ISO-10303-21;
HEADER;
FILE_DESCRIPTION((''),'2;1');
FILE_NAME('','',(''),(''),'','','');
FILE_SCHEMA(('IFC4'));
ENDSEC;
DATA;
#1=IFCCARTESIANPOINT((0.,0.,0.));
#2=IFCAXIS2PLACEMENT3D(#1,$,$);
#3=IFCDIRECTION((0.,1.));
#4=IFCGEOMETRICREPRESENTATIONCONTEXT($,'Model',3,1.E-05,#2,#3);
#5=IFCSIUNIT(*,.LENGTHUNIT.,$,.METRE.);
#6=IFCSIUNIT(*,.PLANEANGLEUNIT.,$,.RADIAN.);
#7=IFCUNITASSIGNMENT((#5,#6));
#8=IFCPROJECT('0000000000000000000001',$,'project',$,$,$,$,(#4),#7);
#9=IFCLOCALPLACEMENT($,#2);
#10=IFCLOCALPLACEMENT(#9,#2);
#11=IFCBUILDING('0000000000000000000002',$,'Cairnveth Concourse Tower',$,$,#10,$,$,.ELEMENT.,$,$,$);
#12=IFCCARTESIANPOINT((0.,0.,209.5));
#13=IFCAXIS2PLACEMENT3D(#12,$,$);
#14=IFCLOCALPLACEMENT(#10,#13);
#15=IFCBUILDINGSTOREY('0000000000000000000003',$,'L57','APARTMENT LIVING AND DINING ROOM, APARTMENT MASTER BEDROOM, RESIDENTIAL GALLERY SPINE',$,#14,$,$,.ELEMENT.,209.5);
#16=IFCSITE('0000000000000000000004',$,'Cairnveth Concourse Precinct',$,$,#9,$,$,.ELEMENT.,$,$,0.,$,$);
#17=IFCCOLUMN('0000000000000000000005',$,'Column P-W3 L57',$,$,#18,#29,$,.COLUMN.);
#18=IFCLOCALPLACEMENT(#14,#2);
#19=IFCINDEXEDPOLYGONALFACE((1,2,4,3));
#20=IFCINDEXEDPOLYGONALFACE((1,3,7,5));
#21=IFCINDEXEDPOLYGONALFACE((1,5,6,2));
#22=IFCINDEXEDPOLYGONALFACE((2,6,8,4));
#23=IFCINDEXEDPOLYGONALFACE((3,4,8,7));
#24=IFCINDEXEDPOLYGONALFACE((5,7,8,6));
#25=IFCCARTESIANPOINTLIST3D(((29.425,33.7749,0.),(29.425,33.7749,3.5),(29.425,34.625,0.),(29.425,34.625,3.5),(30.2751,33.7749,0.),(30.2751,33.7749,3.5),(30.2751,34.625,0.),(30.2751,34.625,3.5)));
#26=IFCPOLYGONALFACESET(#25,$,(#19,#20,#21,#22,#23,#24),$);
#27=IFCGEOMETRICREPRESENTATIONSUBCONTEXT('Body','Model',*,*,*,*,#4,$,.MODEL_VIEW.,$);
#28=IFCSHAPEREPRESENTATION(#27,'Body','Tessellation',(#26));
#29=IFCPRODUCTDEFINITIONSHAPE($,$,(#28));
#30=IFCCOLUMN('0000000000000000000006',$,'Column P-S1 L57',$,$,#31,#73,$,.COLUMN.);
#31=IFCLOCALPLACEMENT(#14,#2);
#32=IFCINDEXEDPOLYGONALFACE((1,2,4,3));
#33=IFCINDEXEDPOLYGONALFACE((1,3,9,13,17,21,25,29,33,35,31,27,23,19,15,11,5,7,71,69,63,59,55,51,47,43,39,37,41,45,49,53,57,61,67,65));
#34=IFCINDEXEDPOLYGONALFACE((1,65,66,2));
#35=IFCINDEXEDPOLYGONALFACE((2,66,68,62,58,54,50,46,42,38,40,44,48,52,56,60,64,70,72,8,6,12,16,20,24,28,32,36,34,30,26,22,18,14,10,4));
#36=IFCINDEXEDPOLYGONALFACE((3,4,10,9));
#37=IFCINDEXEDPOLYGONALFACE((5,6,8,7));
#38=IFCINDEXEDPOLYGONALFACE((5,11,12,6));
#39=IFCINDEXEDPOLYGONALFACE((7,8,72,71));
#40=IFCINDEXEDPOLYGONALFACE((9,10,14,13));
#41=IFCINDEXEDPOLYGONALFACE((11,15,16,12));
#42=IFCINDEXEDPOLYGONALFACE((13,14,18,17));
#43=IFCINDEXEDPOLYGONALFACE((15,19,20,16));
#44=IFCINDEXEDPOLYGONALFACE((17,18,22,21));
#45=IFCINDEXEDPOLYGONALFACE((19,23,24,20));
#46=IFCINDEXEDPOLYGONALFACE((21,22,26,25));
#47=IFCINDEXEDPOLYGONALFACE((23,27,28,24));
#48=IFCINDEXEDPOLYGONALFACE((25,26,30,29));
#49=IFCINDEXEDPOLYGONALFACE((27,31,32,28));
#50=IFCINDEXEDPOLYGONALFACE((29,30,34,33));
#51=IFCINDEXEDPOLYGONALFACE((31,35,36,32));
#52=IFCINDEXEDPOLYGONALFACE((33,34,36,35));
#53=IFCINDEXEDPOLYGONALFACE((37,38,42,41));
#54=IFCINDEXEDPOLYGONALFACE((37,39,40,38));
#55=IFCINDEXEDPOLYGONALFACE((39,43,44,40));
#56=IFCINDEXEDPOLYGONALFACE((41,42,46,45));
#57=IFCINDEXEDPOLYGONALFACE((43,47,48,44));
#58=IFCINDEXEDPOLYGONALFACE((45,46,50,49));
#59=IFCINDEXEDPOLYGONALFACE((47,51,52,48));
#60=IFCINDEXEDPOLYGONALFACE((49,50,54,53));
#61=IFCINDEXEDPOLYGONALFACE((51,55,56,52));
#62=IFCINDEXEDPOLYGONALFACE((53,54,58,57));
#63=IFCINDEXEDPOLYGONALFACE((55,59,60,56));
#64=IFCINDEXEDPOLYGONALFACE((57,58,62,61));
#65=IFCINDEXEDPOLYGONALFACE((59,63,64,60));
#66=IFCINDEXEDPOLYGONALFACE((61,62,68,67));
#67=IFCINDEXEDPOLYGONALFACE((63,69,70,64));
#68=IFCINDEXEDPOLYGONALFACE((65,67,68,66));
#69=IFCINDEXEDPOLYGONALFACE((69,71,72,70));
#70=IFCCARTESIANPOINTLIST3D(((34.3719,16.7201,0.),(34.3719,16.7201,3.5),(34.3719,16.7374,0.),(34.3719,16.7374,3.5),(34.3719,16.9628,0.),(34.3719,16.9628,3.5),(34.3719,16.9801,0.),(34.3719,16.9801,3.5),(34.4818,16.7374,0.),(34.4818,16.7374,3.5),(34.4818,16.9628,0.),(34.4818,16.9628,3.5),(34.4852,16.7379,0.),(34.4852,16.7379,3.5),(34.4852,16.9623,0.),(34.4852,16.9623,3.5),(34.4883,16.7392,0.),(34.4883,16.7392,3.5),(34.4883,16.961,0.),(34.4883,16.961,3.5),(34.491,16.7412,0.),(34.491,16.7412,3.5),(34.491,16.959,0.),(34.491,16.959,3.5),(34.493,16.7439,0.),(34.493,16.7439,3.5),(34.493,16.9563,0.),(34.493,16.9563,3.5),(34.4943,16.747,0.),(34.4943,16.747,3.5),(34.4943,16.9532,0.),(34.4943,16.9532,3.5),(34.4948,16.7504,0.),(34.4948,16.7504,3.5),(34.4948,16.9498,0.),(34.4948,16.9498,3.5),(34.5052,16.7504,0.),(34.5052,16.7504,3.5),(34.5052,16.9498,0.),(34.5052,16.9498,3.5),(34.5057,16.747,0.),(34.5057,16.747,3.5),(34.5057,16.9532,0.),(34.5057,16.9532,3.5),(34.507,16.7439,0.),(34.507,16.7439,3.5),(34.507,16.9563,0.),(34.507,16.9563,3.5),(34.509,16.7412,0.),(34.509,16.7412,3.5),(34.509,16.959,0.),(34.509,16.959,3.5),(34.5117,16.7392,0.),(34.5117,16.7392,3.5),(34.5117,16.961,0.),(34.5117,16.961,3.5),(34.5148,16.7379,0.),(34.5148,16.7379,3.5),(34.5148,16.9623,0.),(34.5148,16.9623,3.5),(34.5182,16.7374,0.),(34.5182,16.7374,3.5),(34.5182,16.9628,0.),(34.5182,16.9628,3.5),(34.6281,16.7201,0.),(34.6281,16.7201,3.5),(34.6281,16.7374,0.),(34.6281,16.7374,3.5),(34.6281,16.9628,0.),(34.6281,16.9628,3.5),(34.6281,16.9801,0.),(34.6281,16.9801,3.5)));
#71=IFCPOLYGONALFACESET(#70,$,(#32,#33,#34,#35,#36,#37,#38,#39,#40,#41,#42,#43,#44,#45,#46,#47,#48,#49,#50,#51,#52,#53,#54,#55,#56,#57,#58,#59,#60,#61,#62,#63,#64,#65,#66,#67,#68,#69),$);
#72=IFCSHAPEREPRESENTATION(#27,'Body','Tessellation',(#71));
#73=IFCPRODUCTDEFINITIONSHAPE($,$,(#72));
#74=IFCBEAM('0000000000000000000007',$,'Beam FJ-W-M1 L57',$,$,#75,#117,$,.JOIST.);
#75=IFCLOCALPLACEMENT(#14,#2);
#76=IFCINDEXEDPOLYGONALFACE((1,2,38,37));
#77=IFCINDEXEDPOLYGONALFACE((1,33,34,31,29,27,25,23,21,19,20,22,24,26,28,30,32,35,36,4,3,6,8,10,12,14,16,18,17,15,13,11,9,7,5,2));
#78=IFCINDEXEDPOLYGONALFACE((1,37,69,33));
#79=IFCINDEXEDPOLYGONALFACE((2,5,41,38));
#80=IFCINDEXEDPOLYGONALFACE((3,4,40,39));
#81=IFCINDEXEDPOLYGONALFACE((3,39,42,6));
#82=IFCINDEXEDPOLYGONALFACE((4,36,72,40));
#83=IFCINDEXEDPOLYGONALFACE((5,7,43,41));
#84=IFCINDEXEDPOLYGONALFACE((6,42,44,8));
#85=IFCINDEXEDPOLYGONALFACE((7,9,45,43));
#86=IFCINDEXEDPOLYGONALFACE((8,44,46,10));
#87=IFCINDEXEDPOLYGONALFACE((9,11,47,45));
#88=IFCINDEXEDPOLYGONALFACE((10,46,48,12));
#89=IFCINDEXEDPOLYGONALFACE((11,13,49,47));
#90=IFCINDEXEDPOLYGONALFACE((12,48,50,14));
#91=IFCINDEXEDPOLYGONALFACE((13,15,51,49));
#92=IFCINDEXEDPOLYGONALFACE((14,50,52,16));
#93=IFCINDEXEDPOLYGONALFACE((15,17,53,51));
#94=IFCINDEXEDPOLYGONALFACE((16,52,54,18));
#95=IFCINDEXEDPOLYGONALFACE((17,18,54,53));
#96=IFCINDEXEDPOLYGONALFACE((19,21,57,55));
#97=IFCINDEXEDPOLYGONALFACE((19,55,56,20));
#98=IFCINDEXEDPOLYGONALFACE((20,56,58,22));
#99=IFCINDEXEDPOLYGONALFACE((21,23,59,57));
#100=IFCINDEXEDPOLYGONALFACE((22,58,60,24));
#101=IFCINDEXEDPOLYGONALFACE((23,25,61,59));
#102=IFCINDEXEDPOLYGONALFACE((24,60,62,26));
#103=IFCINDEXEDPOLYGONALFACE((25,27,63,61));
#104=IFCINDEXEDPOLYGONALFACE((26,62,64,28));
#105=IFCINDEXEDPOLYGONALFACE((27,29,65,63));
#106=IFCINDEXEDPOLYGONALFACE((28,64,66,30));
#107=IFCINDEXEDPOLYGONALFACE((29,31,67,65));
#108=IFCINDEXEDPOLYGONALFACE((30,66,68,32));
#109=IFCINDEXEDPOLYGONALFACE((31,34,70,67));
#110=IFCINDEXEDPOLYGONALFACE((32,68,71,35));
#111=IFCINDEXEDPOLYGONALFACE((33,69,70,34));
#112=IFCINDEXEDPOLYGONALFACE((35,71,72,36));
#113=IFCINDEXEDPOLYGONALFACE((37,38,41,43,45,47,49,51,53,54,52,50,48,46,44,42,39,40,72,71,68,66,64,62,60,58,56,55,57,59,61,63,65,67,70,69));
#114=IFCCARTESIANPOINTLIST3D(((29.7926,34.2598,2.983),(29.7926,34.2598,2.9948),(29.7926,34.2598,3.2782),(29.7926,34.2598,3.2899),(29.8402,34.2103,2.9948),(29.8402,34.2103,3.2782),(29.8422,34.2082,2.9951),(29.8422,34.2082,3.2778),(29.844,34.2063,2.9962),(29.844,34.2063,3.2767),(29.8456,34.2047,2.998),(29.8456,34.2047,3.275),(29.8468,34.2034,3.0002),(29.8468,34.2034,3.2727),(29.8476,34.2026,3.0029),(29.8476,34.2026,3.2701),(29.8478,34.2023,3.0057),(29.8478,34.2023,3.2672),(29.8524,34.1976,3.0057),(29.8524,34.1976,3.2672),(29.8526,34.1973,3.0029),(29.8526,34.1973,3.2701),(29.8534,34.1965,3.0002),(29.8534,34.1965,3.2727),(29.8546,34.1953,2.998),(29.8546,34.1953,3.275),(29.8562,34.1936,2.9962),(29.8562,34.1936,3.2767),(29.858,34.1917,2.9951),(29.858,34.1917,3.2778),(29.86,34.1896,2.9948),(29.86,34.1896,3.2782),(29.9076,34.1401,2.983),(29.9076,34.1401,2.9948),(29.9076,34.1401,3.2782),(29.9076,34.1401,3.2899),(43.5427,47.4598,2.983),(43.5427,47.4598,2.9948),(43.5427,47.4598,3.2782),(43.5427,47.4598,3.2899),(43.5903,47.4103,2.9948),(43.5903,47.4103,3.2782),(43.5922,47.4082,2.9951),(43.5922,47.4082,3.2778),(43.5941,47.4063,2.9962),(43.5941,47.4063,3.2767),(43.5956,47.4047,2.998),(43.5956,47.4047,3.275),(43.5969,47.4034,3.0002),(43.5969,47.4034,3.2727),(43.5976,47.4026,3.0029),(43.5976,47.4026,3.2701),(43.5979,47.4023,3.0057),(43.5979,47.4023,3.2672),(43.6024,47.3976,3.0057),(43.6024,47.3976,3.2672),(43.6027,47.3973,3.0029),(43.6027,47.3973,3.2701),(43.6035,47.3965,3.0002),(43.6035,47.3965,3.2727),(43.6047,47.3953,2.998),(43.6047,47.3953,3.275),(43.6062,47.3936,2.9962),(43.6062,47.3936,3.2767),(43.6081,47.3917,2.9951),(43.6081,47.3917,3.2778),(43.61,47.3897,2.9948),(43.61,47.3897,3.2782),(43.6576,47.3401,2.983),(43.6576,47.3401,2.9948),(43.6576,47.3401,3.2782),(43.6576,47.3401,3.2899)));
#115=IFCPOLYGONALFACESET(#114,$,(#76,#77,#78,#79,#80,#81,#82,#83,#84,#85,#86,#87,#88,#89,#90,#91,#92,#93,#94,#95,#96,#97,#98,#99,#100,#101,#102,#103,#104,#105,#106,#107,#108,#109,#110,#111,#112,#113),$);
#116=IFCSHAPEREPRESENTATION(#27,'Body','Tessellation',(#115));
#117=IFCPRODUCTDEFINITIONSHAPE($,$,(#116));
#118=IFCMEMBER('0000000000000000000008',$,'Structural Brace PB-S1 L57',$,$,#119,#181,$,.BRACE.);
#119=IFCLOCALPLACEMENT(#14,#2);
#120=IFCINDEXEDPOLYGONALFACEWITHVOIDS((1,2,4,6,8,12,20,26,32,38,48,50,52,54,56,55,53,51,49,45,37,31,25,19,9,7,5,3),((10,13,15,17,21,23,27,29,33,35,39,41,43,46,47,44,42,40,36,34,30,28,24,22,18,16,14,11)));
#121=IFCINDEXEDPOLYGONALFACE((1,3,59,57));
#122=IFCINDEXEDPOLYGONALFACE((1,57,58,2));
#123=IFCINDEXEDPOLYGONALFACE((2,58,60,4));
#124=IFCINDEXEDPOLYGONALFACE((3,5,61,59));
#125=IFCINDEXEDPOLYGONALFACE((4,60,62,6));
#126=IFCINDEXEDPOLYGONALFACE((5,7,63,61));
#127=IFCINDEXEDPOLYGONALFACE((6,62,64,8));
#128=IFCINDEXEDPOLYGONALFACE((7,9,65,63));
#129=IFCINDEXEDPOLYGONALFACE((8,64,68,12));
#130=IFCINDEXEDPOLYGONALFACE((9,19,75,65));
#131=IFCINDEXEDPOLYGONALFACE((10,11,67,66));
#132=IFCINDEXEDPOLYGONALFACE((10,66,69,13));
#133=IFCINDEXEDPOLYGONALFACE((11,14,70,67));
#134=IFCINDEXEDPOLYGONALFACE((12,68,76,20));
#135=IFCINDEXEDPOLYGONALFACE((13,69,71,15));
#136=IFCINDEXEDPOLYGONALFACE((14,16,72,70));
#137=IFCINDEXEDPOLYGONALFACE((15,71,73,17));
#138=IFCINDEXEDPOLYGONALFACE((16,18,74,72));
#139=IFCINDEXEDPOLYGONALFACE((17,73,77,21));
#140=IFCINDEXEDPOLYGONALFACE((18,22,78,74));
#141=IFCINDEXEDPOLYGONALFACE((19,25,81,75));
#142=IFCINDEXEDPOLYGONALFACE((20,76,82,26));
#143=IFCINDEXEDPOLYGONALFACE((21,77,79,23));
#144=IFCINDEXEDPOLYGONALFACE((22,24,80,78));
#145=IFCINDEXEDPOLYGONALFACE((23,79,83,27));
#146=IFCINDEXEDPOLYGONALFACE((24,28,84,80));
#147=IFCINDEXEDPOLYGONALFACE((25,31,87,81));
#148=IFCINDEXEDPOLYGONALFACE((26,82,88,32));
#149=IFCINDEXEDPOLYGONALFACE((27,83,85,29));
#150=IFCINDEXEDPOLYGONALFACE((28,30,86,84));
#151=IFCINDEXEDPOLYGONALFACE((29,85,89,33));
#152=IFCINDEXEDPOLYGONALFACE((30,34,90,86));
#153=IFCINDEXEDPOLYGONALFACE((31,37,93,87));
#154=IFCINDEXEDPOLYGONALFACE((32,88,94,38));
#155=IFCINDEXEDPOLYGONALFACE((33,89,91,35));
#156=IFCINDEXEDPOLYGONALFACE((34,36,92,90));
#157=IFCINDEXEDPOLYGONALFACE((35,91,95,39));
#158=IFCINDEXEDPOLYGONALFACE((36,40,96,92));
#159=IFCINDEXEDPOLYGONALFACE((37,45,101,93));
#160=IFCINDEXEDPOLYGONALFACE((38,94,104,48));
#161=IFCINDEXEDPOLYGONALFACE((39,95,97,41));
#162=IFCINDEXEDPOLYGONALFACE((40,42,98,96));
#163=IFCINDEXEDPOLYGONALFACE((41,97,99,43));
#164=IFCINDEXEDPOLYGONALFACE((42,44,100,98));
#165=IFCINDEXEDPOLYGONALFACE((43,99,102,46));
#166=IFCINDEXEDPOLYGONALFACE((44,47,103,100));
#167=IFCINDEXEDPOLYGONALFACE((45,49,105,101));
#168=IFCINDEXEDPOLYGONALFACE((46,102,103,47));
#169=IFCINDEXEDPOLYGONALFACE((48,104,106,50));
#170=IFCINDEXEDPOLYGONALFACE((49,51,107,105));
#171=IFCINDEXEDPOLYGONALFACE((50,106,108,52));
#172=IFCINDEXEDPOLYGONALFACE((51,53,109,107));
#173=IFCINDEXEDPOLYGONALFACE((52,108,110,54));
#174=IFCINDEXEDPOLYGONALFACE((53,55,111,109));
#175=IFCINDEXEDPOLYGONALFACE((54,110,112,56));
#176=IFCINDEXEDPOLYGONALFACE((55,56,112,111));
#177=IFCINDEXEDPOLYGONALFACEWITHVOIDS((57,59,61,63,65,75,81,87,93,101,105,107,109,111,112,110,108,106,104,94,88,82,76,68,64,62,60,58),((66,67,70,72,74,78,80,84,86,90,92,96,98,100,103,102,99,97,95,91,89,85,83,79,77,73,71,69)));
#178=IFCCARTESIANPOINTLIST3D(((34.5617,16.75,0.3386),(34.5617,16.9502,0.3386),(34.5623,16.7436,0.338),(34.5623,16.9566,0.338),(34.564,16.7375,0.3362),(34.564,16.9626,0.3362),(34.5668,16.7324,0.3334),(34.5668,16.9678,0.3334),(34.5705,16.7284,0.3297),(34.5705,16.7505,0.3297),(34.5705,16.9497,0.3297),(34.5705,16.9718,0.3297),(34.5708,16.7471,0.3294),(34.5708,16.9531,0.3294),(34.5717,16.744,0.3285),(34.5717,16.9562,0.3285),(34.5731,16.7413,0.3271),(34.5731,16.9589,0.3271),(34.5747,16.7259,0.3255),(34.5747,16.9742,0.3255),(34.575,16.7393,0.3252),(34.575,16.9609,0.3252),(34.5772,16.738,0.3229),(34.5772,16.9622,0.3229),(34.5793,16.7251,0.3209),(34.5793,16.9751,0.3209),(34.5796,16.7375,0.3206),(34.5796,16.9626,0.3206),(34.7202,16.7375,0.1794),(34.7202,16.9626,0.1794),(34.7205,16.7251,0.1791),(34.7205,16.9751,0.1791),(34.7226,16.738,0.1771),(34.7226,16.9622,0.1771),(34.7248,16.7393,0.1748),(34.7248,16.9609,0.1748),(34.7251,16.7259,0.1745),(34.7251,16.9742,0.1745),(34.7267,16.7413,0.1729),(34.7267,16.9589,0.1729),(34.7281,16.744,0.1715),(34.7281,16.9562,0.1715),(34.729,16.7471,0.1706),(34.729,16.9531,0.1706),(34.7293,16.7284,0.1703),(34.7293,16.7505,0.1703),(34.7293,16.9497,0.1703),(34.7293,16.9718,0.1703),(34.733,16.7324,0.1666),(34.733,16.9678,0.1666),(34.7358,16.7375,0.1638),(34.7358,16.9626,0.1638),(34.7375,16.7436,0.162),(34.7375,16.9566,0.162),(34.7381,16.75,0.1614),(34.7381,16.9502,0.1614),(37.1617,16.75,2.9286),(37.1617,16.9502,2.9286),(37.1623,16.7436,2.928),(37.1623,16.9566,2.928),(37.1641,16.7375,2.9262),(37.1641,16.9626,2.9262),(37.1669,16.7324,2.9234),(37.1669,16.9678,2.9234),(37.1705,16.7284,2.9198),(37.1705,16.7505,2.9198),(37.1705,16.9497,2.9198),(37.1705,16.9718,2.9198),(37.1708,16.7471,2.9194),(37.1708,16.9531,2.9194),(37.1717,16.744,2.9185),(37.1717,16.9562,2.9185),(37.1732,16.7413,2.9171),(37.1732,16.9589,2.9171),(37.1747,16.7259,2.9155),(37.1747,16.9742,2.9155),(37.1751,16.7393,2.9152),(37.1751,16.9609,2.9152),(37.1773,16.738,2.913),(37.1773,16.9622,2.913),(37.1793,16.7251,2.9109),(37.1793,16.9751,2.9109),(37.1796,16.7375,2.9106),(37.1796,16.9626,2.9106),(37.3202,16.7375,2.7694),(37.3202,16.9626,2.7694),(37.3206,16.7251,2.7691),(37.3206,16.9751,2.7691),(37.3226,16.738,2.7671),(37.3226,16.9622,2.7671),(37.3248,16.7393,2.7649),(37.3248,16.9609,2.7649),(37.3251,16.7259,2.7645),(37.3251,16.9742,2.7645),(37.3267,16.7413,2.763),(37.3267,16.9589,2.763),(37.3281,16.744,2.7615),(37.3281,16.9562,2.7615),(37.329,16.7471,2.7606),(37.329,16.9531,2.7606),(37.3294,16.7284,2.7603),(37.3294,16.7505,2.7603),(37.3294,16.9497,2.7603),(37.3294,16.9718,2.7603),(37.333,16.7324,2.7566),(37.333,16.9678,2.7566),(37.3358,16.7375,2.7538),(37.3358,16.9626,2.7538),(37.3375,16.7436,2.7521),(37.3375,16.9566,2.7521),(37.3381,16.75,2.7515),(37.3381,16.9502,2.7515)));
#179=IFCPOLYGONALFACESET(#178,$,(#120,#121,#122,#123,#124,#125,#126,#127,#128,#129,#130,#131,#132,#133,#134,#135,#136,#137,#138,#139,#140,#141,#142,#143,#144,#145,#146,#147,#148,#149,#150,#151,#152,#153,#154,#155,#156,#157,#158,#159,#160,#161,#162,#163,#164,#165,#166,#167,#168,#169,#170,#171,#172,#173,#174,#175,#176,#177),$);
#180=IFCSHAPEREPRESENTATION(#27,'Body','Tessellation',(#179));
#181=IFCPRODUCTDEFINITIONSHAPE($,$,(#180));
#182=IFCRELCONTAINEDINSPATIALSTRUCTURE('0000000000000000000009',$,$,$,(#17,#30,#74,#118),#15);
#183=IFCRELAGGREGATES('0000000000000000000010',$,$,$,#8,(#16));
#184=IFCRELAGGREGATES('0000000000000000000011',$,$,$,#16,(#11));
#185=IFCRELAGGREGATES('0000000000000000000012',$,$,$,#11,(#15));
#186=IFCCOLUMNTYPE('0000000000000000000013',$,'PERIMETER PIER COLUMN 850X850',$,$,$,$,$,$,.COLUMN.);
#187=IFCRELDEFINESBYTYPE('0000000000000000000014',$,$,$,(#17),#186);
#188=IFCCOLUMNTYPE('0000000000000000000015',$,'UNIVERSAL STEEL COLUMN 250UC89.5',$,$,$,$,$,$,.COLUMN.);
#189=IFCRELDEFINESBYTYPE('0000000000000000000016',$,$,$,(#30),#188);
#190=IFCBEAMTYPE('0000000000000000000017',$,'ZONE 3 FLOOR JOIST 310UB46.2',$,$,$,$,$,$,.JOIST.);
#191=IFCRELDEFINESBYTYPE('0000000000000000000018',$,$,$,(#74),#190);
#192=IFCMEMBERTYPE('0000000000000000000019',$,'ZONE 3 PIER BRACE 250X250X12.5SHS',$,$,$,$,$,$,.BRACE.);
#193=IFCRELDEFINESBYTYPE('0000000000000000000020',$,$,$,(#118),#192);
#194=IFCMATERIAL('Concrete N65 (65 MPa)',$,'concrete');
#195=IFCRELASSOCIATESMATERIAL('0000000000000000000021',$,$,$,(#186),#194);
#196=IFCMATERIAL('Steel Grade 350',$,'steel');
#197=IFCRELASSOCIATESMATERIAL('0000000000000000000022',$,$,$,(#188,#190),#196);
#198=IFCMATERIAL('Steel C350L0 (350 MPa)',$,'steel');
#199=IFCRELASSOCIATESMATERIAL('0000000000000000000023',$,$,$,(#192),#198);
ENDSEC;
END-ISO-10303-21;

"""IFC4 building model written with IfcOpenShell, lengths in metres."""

from ifc_helpers import new_model, si_unit, direction, frame, origin, origin_2d, place, context, subcontext, project, spatial, rectangle, hollow_rectangle, i_section, extrude, material, material_profile, profile_set, type_object, element, save


model = new_model("IFC4")

# Units and contexts
model_context = context("Model", 3, precision=1e-05, world=origin(), true_north=direction((0.0, 1.0)))
body_context = subcontext(model_context, "Body", "Model", "MODEL_VIEW")
ifc_project = project(units=[si_unit("LENGTHUNIT", "METRE"), si_unit("PLANEANGLEUNIT", "RADIAN")], contexts=[model_context])

# Site, building, storey
site_placement = place(None, origin())
site = spatial("IfcSite", under=ifc_project, at=site_placement, Name="Cairnveth Concourse Precinct", CompositionType="ELEMENT", RefElevation=0.0)
building_placement = place(site_placement, origin())
building = spatial("IfcBuilding", under=site, at=building_placement, Name="Cairnveth Concourse Tower", CompositionType="ELEMENT")
storey_placement = place(building_placement, frame((0.0, 0.0, 209.5)))
storey = spatial("IfcBuildingStorey", under=building, at=storey_placement, Name="L57", Description="APARTMENT LIVING AND DINING ROOM, APARTMENT MASTER BEDROOM, RESIDENTIAL GALLERY SPINE", CompositionType="ELEMENT", Elevation=209.5)

# Columns
ifc_material_1 = material(Name="Concrete N65 (65 MPa)", Category="concrete")
ifc_material_profile_1 = material_profile(ifc_material_1, rectangle(XDim=0.8501, YDim=0.8501, at=origin_2d()), Name="RC-COL-850x850")
ifc_profile_set_1 = profile_set([ifc_material_profile_1], Name="Concrete N65 (65 MPa)")
column_type_1 = type_object("IfcColumnType", Name="PERIMETER PIER COLUMN 850X850", PredefinedType="COLUMN", material=ifc_profile_set_1)
column_1_placement = place(storey_placement, frame((29.8501, 34.2, 0.0), z_axis=(0.0, 0.0, 1.0), x_axis=(0.0, 1.0, 0.0)))
element("IfcColumn", 1, at=column_1_placement, inside=storey, type_object=column_type_1, Name="Column P-W3 L57", PredefinedType="COLUMN", context=body_context, shape_type="SweptSolid", body=[
    extrude(rectangle(XDim=0.8501, YDim=0.8501, at=origin_2d()), origin(), (0.0, 0.0, 1.0), 3.5),
])
ifc_material_2 = material(Name="Steel Grade 350", Category="steel")
ifc_material_profile_2 = material_profile(ifc_material_2, i_section(OverallWidth=0.2561, OverallDepth=0.26, WebThickness=0.0105, FlangeThickness=0.0173, FilletRadius=0.0129, at=origin_2d()), Name="250UC89.5")
ifc_profile_set_2 = profile_set([ifc_material_profile_2], Name="Steel Grade 350")
column_type_2 = type_object("IfcColumnType", Name="UNIVERSAL STEEL COLUMN 250UC89.5", PredefinedType="COLUMN", material=ifc_profile_set_2)
column_2_placement = place(storey_placement, frame((34.5, 16.8501, 0.0), z_axis=(0.0, 0.0, 1.0), x_axis=(1.0, 0.0, 0.0)))
element("IfcColumn", 2, at=column_2_placement, inside=storey, type_object=column_type_2, Name="Column P-S1 L57", PredefinedType="COLUMN", context=body_context, shape_type="SweptSolid", body=[
    extrude(i_section(OverallWidth=0.2561, OverallDepth=0.26, WebThickness=0.0105, FlangeThickness=0.0173, FilletRadius=0.0129, at=origin_2d()), origin(), (0.0, 0.0, 1.0), 3.5),
])

# Beam
ifc_material_profile_3 = material_profile(ifc_material_2, i_section(OverallWidth=0.166, OverallDepth=0.3069, WebThickness=0.0066, FlangeThickness=0.0117, FilletRadius=0.011, at=origin_2d()), Name="310UB46.2")
ifc_profile_set_3 = profile_set([ifc_material_profile_3], Name="Steel Grade 350")
beam_type_1 = type_object("IfcBeamType", Name="ZONE 3 FLOOR JOIST 310UB46.2", PredefinedType="JOIST", material=ifc_profile_set_3)
beam_1_placement = place(storey_placement, frame((29.8501, 34.2, 3.1365), z_axis=(0.721389, 0.69253, 0.0), x_axis=(-0.69253, 0.721389, 0.0)))
element("IfcBeam", 3, at=beam_1_placement, inside=storey, type_object=beam_type_1, Name="Beam FJ-W-M1 L57", PredefinedType="JOIST", context=body_context, shape_type="SweptSolid", body=[
    extrude(i_section(OverallWidth=0.166, OverallDepth=0.3069, WebThickness=0.0066, FlangeThickness=0.0117, FilletRadius=0.011, at=origin_2d()), origin(), (0.0, 0.0, 1.0), 19.0605),
])

# Member
ifc_material_3 = material(Name="Steel C350L0 (350 MPa)", Category="steel")
ifc_material_profile_4 = material_profile(ifc_material_3, hollow_rectangle(XDim=0.25, YDim=0.25, WallThickness=0.0125, InnerFilletRadius=0.0129, OuterFilletRadius=0.0249, at=origin_2d()), Name="250x250x12.5SHS")
ifc_profile_set_4 = profile_set([ifc_material_profile_4], Name="Steel C350L0 (350 MPa)")
member_type = type_object("IfcMemberType", Name="ZONE 3 PIER BRACE 250X250X12.5SHS", PredefinedType="BRACE", material=ifc_profile_set_4)
member_placement = place(storey_placement, frame((34.6499, 16.8501, 0.25), z_axis=(0.708469, 0.0, 0.705742), x_axis=(0.0, 1.0, 0.0)))
element("IfcMember", 4, at=member_placement, inside=storey, type_object=member_type, Name="Structural Brace PB-S1 L57", PredefinedType="BRACE", context=body_context, shape_type="SweptSolid", body=[
    extrude(hollow_rectangle(XDim=0.25, YDim=0.25, WallThickness=0.0125, InnerFilletRadius=0.0129, OuterFilletRadius=0.0249, at=origin_2d()), origin(), (0.0, 0.0, 1.0), 3.6699),
])

save(model, "model.ifc")
